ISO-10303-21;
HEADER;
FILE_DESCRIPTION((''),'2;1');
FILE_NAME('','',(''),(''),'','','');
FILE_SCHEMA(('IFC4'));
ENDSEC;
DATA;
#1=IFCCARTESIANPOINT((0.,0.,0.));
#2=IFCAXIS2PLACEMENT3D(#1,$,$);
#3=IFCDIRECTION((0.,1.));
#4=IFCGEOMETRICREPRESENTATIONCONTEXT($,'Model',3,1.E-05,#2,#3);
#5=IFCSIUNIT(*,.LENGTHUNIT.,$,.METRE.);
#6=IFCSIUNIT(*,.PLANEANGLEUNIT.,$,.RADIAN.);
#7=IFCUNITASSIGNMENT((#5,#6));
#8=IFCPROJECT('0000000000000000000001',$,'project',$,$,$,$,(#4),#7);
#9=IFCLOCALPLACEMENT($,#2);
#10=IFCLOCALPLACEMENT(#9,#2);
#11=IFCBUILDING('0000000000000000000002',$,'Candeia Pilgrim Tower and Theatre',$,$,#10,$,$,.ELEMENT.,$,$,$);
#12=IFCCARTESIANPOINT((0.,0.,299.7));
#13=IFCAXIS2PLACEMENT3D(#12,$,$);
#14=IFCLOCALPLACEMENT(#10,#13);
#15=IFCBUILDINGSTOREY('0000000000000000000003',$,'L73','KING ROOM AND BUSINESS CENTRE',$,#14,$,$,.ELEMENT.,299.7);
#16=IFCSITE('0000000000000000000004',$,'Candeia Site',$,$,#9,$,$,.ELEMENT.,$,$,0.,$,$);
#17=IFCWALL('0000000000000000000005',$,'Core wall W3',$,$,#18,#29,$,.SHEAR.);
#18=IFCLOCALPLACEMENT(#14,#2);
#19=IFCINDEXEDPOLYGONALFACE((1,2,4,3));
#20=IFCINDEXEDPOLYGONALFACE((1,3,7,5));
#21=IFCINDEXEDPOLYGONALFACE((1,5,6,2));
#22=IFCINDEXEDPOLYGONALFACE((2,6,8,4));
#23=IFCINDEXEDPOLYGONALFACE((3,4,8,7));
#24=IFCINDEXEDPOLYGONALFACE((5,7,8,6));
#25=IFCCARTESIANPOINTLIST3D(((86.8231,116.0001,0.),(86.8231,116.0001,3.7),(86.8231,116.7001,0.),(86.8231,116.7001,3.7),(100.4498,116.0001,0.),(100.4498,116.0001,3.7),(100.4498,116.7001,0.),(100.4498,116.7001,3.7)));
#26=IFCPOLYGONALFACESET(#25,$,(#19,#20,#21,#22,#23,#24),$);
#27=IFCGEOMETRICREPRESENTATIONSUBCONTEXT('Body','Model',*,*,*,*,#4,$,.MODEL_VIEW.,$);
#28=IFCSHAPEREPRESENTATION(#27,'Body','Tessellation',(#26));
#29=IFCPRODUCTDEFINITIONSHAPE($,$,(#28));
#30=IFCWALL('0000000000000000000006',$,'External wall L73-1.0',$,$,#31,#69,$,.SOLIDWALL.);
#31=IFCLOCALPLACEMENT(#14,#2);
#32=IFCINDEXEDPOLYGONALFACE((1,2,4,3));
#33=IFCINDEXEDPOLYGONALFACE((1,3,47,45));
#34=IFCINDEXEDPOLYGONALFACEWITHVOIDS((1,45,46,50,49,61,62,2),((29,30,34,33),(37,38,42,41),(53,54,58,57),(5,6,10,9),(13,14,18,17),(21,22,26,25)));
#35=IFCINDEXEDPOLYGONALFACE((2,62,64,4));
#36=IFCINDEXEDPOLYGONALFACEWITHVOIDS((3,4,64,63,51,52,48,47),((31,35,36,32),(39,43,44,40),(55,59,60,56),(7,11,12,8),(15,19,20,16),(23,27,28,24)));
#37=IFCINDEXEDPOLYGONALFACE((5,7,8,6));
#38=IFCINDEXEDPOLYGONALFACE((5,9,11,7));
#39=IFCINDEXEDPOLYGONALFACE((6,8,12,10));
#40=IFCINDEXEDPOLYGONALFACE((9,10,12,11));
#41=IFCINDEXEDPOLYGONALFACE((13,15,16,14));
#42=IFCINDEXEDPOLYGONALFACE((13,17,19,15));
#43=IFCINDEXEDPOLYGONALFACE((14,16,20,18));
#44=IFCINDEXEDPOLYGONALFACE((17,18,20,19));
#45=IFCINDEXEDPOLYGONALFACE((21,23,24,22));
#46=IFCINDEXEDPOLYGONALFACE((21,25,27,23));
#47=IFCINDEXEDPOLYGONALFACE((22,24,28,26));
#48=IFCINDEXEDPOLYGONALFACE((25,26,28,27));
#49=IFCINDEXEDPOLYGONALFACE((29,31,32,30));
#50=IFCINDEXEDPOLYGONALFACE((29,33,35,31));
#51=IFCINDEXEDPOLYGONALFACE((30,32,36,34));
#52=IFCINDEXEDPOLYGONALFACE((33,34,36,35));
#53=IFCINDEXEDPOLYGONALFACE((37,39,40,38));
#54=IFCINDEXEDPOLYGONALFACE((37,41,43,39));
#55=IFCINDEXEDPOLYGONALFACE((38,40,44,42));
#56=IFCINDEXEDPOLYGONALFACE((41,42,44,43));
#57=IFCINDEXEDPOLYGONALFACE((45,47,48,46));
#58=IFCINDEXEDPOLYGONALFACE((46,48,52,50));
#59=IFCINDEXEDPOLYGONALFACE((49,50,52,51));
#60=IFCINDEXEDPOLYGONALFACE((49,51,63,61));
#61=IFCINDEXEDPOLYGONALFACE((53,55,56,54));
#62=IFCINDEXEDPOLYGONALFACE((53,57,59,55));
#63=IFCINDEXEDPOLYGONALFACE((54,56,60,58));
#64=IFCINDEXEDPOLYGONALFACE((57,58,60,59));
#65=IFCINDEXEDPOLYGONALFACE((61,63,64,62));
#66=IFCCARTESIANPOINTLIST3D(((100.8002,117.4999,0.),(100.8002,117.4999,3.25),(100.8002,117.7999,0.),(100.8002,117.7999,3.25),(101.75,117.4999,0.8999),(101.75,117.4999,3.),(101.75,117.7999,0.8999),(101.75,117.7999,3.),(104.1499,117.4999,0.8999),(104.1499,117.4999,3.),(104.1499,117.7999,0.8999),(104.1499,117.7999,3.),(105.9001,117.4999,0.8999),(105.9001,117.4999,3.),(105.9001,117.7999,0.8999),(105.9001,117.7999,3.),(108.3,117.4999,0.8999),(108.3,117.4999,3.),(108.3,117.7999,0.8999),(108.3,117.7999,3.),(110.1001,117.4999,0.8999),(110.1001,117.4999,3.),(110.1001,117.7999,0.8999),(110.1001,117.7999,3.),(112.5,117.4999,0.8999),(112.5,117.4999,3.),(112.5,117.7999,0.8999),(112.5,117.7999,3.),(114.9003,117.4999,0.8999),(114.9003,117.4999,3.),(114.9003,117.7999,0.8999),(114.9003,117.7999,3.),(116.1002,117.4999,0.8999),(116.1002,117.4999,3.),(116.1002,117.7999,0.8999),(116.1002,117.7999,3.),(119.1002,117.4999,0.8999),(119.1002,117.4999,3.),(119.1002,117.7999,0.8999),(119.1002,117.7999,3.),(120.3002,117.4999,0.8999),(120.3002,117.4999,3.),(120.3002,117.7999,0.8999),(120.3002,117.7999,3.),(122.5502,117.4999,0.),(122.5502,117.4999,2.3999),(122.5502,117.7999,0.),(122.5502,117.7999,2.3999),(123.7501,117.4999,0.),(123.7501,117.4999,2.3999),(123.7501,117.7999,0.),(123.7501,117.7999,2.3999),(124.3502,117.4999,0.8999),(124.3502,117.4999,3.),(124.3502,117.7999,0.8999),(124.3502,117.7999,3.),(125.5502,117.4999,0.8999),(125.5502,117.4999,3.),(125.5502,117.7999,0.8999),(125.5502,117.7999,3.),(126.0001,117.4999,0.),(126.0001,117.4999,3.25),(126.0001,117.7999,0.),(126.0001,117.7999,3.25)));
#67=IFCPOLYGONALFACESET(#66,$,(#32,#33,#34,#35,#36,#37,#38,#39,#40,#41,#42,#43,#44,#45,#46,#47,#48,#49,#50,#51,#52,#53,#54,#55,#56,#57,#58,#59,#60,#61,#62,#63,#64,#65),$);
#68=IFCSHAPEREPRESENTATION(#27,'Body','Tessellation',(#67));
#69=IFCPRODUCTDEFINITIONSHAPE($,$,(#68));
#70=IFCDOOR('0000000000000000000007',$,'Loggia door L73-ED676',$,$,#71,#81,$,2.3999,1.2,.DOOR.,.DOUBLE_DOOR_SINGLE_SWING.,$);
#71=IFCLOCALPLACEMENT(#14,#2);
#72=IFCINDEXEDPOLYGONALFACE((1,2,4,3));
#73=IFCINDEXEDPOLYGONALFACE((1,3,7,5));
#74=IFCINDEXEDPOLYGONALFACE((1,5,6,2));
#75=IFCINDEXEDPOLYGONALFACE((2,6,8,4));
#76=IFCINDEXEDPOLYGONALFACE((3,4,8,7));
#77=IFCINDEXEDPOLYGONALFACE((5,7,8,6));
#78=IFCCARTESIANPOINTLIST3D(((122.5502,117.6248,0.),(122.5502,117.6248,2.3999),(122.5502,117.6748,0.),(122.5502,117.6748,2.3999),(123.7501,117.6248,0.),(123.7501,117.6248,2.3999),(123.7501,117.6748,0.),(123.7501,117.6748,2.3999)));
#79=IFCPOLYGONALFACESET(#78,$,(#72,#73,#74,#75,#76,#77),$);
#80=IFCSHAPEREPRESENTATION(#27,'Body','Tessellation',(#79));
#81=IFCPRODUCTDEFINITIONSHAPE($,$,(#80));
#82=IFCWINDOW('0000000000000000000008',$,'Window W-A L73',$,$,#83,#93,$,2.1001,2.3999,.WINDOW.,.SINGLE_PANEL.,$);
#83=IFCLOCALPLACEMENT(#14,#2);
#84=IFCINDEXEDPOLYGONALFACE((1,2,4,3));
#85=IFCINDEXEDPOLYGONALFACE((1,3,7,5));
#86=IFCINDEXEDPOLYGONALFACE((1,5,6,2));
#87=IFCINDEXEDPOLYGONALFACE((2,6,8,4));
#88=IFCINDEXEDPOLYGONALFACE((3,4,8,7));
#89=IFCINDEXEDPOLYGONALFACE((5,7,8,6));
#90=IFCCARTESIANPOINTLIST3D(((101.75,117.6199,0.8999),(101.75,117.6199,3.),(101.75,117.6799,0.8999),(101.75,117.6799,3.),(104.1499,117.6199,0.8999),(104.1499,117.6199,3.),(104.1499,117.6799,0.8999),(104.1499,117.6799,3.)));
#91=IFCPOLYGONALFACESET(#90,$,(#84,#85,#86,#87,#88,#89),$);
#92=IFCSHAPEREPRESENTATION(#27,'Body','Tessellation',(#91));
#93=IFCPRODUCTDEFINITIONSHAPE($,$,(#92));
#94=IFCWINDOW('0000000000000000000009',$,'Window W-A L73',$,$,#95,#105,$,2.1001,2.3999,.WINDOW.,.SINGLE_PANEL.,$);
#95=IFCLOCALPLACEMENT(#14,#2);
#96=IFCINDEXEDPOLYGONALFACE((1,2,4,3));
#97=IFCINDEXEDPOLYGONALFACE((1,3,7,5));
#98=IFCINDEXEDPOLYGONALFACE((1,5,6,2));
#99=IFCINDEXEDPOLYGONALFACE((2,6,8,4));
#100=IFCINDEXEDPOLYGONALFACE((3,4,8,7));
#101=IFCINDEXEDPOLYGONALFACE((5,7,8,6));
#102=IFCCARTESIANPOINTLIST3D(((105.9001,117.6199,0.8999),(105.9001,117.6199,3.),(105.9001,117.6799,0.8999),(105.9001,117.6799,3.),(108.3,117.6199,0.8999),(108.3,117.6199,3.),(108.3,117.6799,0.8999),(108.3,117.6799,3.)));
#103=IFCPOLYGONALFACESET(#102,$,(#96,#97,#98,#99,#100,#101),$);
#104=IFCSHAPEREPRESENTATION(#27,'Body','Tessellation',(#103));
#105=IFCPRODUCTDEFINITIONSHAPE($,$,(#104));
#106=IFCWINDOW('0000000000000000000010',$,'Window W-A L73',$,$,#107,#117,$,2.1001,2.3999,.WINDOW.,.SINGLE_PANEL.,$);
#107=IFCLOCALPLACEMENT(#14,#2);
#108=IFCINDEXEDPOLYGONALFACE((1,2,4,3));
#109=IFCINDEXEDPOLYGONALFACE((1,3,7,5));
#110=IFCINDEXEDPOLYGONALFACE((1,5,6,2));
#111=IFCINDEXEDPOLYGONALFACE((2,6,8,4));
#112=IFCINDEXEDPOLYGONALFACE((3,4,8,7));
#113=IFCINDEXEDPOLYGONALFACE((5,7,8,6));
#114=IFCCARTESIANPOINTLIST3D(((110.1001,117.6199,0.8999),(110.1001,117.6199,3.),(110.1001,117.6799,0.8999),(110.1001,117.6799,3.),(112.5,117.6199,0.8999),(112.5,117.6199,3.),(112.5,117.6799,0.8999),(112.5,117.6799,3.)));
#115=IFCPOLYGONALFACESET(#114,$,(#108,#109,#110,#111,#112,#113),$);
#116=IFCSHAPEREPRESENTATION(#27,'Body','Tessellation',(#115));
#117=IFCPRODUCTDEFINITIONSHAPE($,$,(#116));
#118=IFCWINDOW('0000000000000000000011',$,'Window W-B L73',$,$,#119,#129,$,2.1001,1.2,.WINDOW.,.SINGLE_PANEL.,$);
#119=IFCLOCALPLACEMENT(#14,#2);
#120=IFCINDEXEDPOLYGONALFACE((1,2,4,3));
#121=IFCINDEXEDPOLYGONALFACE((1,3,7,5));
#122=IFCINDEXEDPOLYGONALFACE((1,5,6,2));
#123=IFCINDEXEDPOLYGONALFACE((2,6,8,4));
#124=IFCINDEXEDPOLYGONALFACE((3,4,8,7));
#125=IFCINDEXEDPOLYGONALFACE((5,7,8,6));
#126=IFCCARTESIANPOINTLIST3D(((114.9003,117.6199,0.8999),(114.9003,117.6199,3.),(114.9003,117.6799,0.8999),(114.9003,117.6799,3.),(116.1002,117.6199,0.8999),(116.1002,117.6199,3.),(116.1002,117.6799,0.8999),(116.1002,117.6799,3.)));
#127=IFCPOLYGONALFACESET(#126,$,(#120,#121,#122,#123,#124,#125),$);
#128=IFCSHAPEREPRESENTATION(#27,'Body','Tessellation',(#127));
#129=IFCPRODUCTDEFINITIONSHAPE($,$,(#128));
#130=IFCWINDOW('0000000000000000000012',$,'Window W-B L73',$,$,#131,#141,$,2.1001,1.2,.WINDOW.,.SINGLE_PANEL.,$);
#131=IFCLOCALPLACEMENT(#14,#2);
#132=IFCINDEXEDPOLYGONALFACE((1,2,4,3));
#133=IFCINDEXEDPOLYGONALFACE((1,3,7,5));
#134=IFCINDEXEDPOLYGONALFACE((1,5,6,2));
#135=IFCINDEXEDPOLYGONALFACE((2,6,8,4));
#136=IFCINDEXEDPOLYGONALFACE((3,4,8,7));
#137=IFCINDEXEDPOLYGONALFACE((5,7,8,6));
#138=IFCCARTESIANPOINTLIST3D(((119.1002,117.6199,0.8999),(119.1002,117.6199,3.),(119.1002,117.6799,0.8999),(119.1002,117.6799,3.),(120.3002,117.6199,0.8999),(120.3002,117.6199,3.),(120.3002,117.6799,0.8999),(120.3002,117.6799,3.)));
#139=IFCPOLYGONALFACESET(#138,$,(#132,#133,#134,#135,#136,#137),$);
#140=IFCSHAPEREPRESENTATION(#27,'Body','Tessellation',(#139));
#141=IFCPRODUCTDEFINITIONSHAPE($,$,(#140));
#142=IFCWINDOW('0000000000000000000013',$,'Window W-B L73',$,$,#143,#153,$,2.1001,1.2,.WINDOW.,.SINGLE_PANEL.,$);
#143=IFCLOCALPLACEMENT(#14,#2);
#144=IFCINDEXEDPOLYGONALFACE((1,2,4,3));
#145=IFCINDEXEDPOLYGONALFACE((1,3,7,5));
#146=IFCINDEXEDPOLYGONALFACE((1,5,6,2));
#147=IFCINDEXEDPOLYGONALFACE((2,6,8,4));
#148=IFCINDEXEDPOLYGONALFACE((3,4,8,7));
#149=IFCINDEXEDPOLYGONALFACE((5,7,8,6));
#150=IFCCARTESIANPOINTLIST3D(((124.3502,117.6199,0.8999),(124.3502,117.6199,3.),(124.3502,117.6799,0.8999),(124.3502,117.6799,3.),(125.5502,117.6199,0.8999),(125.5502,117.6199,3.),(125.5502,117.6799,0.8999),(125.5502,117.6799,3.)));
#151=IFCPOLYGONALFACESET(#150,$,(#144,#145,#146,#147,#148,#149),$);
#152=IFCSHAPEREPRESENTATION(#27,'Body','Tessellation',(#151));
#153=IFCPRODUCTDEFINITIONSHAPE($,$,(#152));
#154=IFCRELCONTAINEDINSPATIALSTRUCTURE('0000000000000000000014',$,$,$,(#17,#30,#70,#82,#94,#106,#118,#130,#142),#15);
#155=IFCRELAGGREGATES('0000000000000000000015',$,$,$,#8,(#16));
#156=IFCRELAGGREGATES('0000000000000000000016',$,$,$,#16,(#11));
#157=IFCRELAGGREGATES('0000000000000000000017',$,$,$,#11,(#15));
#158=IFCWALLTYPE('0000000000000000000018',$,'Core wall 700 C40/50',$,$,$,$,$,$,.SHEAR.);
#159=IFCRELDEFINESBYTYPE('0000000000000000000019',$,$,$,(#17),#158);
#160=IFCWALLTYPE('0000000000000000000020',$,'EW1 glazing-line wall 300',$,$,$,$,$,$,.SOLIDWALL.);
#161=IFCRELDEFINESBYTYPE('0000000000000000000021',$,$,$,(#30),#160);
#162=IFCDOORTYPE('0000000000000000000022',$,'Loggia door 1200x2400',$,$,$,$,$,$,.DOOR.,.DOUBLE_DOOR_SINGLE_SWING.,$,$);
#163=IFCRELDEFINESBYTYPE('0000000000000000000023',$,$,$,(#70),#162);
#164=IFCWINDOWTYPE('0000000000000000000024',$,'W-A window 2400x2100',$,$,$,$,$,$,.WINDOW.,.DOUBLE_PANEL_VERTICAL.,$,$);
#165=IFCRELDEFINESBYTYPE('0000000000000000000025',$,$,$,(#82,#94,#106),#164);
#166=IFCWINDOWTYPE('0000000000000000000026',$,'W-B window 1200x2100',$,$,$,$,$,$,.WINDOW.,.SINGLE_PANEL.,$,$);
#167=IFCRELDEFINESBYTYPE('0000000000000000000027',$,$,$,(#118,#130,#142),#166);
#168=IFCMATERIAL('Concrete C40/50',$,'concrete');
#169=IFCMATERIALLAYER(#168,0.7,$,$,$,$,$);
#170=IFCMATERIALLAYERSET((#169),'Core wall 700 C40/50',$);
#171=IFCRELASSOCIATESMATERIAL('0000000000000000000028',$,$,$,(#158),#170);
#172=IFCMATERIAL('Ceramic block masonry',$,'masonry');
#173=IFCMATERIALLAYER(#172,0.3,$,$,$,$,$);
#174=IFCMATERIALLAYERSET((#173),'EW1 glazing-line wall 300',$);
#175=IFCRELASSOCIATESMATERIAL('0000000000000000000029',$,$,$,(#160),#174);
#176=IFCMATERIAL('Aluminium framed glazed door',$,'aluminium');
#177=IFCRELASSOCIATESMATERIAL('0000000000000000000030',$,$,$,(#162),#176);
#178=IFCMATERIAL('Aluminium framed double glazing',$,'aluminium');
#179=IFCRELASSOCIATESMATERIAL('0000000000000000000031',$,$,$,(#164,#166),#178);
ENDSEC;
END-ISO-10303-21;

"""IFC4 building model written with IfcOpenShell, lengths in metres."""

from ifc_helpers import new_model, si_unit, direction, frame, frame_2d, origin, place, context, subcontext, project, spatial, rectangle, extrude, material, layer, layer_set, type_object, element, fill, save


model = new_model("IFC4")

# Units and contexts
model_context = context("Model", 3, precision=1e-05, world=origin(), true_north=direction((0.0, 1.0)))
body_context = subcontext(model_context, "Body", "Model", "MODEL_VIEW")
ifc_project = project(units=[si_unit("LENGTHUNIT", "METRE"), si_unit("PLANEANGLEUNIT", "RADIAN")], contexts=[model_context])

# Site, building, storey
site_placement = place(None, origin())
site = spatial("IfcSite", under=ifc_project, at=site_placement, Name="Candeia Site", CompositionType="ELEMENT", RefElevation=0.0)
building_placement = place(site_placement, origin())
building = spatial("IfcBuilding", under=site, at=building_placement, Name="Candeia Pilgrim Tower and Theatre", CompositionType="ELEMENT")
storey_placement = place(building_placement, frame((0.0, 0.0, 299.7)))
storey = spatial("IfcBuildingStorey", under=building, at=storey_placement, Name="L73", Description="KING ROOM AND BUSINESS CENTRE", CompositionType="ELEMENT", Elevation=299.7)

# Wall
ifc_material_1 = material(Name="Concrete C40/50", Category="concrete")
ifc_layer_1 = layer(ifc_material_1, 0.7)
ifc_layer_set_1 = layer_set([ifc_layer_1], Name="Core wall 700 C40/50")
wall_type_1 = type_object("IfcWallType", Name="Core wall 700 C40/50", PredefinedType="SHEAR", material=ifc_layer_set_1)
wall_1_placement = place(storey_placement, frame((100.45, 116.3501, 0.0), z_axis=(0.0, 0.0, 1.0), x_axis=(-1.0, 0.0, 0.0)))
element("IfcWall", 1, at=wall_1_placement, inside=storey, type_object=wall_type_1, Name="Core wall W3", PredefinedType="SHEAR", context=body_context, shape_type="SweptSolid", body=[
    extrude(rectangle(XDim=13.6267, YDim=0.7, at=frame_2d((6.8135, 0.0))), origin(), (0.0, 0.0, 1.0), 3.7),
])

# Wall, openings, door, windows
ifc_material_2 = material(Name="Ceramic block masonry", Category="masonry")
ifc_layer_2 = layer(ifc_material_2, 0.3)
ifc_layer_set_2 = layer_set([ifc_layer_2], Name="EW1 glazing-line wall 300")
wall_type_2 = type_object("IfcWallType", Name="EW1 glazing-line wall 300", PredefinedType="SOLIDWALL", material=ifc_layer_set_2)
wall_2_placement = place(storey_placement, frame((100.8, 117.6499, 0.0), z_axis=(0.0, 0.0, 1.0), x_axis=(1.0, 0.0, 0.0)))
wall_2 = element("IfcWall", 2, at=wall_2_placement, inside=storey, type_object=wall_type_2, Name="External wall L73-1.0", PredefinedType="SOLIDWALL", context=body_context, shape_type="SweptSolid", body=[
    extrude(rectangle(XDim=25.2, YDim=0.3, at=frame_2d((12.6001, 0.0))), origin(), (0.0, 0.0, 1.0), 3.25),
])
opening_1_placement = place(wall_2_placement, frame((0.95, 0.0, 0.8999)))
opening_1 = element("IfcOpeningElement", 3, at=opening_1_placement, cuts=wall_2, PredefinedType="OPENING", context=body_context, shape_type="SweptSolid", body=[
    extrude(rectangle(XDim=2.3999, YDim=2.1001, at=frame_2d((1.2, 1.05))), frame((0.0, 0.1602, 0.0), z_axis=(0.0, -1.0, 0.0), x_axis=(1.0, 0.0, 0.0)), (0.0, 0.0, 1.0), 0.3201),
])
opening_2_placement = place(wall_2_placement, frame((5.1001, 0.0, 0.8999)))
opening_2 = element("IfcOpeningElement", 4, at=opening_2_placement, cuts=wall_2, PredefinedType="OPENING", context=body_context, shape_type="SweptSolid", body=[
    extrude(rectangle(XDim=2.3999, YDim=2.1001, at=frame_2d((1.2, 1.05))), frame((0.0, 0.1602, 0.0), z_axis=(0.0, -1.0, 0.0), x_axis=(1.0, 0.0, 0.0)), (0.0, 0.0, 1.0), 0.3201),
])
opening_3_placement = place(wall_2_placement, frame((9.3, 0.0, 0.8999)))
opening_3 = element("IfcOpeningElement", 5, at=opening_3_placement, cuts=wall_2, PredefinedType="OPENING", context=body_context, shape_type="SweptSolid", body=[
    extrude(rectangle(XDim=2.3999, YDim=2.1001, at=frame_2d((1.2, 1.05))), frame((0.0, 0.1602, 0.0), z_axis=(0.0, -1.0, 0.0), x_axis=(1.0, 0.0, 0.0)), (0.0, 0.0, 1.0), 0.3201),
])
opening_4_placement = place(wall_2_placement, frame((14.1001, 0.0, 0.8999)))
opening_4 = element("IfcOpeningElement", 6, at=opening_4_placement, cuts=wall_2, PredefinedType="OPENING", context=body_context, shape_type="SweptSolid", body=[
    extrude(rectangle(XDim=1.2, YDim=2.1001, at=frame_2d((0.6001, 1.05))), frame((0.0, 0.1602, 0.0), z_axis=(0.0, -1.0, 0.0), x_axis=(1.0, 0.0, 0.0)), (0.0, 0.0, 1.0), 0.3201),
])
opening_5_placement = place(wall_2_placement, frame((18.3, 0.0, 0.8999)))
opening_5 = element("IfcOpeningElement", 7, at=opening_5_placement, cuts=wall_2, PredefinedType="OPENING", context=body_context, shape_type="SweptSolid", body=[
    extrude(rectangle(XDim=1.2, YDim=2.1001, at=frame_2d((0.6001, 1.05))), frame((0.0, 0.1602, 0.0), z_axis=(0.0, -1.0, 0.0), x_axis=(1.0, 0.0, 0.0)), (0.0, 0.0, 1.0), 0.3201),
])
opening_6_placement = place(wall_2_placement, frame((21.75, 0.0, 0.0)))
opening_6 = element("IfcOpeningElement", 8, at=opening_6_placement, cuts=wall_2, PredefinedType="OPENING", context=body_context, shape_type="SweptSolid", body=[
    extrude(rectangle(XDim=1.2, YDim=2.3999, at=frame_2d((0.6001, 1.2))), frame((0.0, 0.1602, 0.0), z_axis=(0.0, -1.0, 0.0), x_axis=(1.0, 0.0, 0.0)), (0.0, 0.0, 1.0), 0.3201),
])
opening_7_placement = place(wall_2_placement, frame((23.55, 0.0, 0.8999)))
opening_7 = element("IfcOpeningElement", 9, at=opening_7_placement, cuts=wall_2, PredefinedType="OPENING", context=body_context, shape_type="SweptSolid", body=[
    extrude(rectangle(XDim=1.2, YDim=2.1001, at=frame_2d((0.6001, 1.05))), frame((0.0, 0.1602, 0.0), z_axis=(0.0, -1.0, 0.0), x_axis=(1.0, 0.0, 0.0)), (0.0, 0.0, 1.0), 0.3201),
])
ifc_material_3 = material(Name="Aluminium framed glazed door", Category="aluminium")
door_type_1 = type_object("IfcDoorType", Name="Loggia door 1200x2400", OperationType="DOUBLE_DOOR_SINGLE_SWING", PredefinedType="DOOR", material=ifc_material_3)
door_1_placement = place(opening_6_placement, origin())
door_1 = element("IfcDoor", 10, at=door_1_placement, inside=storey, type_object=door_type_1, Name="Loggia door L73-ED676", OperationType="DOUBLE_DOOR_SINGLE_SWING", OverallHeight=2.3999, OverallWidth=1.2, PredefinedType="DOOR", context=body_context, shape_type="SweptSolid", body=[
    extrude(rectangle(XDim=1.2, YDim=2.3999, at=frame_2d((0.6001, 1.2))), frame((0.0, 0.0249, 0.0), z_axis=(0.0, -1.0, 0.0), x_axis=(1.0, 0.0, 0.0)), (0.0, 0.0, 1.0), 0.05),
])
fill(opening_6, door_1)
ifc_material_4 = material(Name="Aluminium framed double glazing", Category="aluminium")
window_type_1 = type_object("IfcWindowType", Name="W-A window 2400x2100", PartitioningType="DOUBLE_PANEL_VERTICAL", PredefinedType="WINDOW", material=ifc_material_4)
window_1_placement = place(opening_1_placement, origin())
window_1 = element("IfcWindow", 11, at=window_1_placement, inside=storey, type_object=window_type_1, Name="Window W-A L73", OverallHeight=2.1001, OverallWidth=2.3999, PartitioningType="SINGLE_PANEL", PredefinedType="WINDOW", context=body_context, shape_type="SweptSolid", body=[
    extrude(rectangle(XDim=2.3999, YDim=2.1001, at=frame_2d((1.2, 1.05))), frame((0.0, 0.03, 0.0), z_axis=(0.0, -1.0, 0.0), x_axis=(1.0, 0.0, 0.0)), (0.0, 0.0, 1.0), 0.0601),
])
fill(opening_1, window_1)
window_2_placement = place(opening_2_placement, origin())
window_2 = element("IfcWindow", 12, at=window_2_placement, inside=storey, type_object=window_type_1, Name="Window W-A L73", OverallHeight=2.1001, OverallWidth=2.3999, PartitioningType="SINGLE_PANEL", PredefinedType="WINDOW", context=body_context, shape_type="SweptSolid", body=[
    extrude(rectangle(XDim=2.3999, YDim=2.1001, at=frame_2d((1.2, 1.05))), frame((0.0, 0.03, 0.0), z_axis=(0.0, -1.0, 0.0), x_axis=(1.0, 0.0, 0.0)), (0.0, 0.0, 1.0), 0.0601),
])
fill(opening_2, window_2)
window_3_placement = place(opening_3_placement, origin())
window_3 = element("IfcWindow", 13, at=window_3_placement, inside=storey, type_object=window_type_1, Name="Window W-A L73", OverallHeight=2.1001, OverallWidth=2.3999, PartitioningType="SINGLE_PANEL", PredefinedType="WINDOW", context=body_context, shape_type="SweptSolid", body=[
    extrude(rectangle(XDim=2.3999, YDim=2.1001, at=frame_2d((1.2, 1.05))), frame((0.0, 0.03, 0.0), z_axis=(0.0, -1.0, 0.0), x_axis=(1.0, 0.0, 0.0)), (0.0, 0.0, 1.0), 0.0601),
])
fill(opening_3, window_3)
window_type_2 = type_object("IfcWindowType", Name="W-B window 1200x2100", PartitioningType="SINGLE_PANEL", PredefinedType="WINDOW", material=ifc_material_4)
window_4_placement = place(opening_4_placement, origin())
window_4 = element("IfcWindow", 14, at=window_4_placement, inside=storey, type_object=window_type_2, Name="Window W-B L73", OverallHeight=2.1001, OverallWidth=1.2, PartitioningType="SINGLE_PANEL", PredefinedType="WINDOW", context=body_context, shape_type="SweptSolid", body=[
    extrude(rectangle(XDim=1.2, YDim=2.1001, at=frame_2d((0.6001, 1.05))), frame((0.0, 0.03, 0.0), z_axis=(0.0, -1.0, 0.0), x_axis=(1.0, 0.0, 0.0)), (0.0, 0.0, 1.0), 0.0601),
])
fill(opening_4, window_4)
window_5_placement = place(opening_5_placement, origin())
window_5 = element("IfcWindow", 15, at=window_5_placement, inside=storey, type_object=window_type_2, Name="Window W-B L73", OverallHeight=2.1001, OverallWidth=1.2, PartitioningType="SINGLE_PANEL", PredefinedType="WINDOW", context=body_context, shape_type="SweptSolid", body=[
    extrude(rectangle(XDim=1.2, YDim=2.1001, at=frame_2d((0.6001, 1.05))), frame((0.0, 0.03, 0.0), z_axis=(0.0, -1.0, 0.0), x_axis=(1.0, 0.0, 0.0)), (0.0, 0.0, 1.0), 0.0601),
])
fill(opening_5, window_5)
window_6_placement = place(opening_7_placement, origin())
window_6 = element("IfcWindow", 16, at=window_6_placement, inside=storey, type_object=window_type_2, Name="Window W-B L73", OverallHeight=2.1001, OverallWidth=1.2, PartitioningType="SINGLE_PANEL", PredefinedType="WINDOW", context=body_context, shape_type="SweptSolid", body=[
    extrude(rectangle(XDim=1.2, YDim=2.1001, at=frame_2d((0.6001, 1.05))), frame((0.0, 0.03, 0.0), z_axis=(0.0, -1.0, 0.0), x_axis=(1.0, 0.0, 0.0)), (0.0, 0.0, 1.0), 0.0601),
])
fill(opening_7, window_6)

save(model, "model.ifc")
